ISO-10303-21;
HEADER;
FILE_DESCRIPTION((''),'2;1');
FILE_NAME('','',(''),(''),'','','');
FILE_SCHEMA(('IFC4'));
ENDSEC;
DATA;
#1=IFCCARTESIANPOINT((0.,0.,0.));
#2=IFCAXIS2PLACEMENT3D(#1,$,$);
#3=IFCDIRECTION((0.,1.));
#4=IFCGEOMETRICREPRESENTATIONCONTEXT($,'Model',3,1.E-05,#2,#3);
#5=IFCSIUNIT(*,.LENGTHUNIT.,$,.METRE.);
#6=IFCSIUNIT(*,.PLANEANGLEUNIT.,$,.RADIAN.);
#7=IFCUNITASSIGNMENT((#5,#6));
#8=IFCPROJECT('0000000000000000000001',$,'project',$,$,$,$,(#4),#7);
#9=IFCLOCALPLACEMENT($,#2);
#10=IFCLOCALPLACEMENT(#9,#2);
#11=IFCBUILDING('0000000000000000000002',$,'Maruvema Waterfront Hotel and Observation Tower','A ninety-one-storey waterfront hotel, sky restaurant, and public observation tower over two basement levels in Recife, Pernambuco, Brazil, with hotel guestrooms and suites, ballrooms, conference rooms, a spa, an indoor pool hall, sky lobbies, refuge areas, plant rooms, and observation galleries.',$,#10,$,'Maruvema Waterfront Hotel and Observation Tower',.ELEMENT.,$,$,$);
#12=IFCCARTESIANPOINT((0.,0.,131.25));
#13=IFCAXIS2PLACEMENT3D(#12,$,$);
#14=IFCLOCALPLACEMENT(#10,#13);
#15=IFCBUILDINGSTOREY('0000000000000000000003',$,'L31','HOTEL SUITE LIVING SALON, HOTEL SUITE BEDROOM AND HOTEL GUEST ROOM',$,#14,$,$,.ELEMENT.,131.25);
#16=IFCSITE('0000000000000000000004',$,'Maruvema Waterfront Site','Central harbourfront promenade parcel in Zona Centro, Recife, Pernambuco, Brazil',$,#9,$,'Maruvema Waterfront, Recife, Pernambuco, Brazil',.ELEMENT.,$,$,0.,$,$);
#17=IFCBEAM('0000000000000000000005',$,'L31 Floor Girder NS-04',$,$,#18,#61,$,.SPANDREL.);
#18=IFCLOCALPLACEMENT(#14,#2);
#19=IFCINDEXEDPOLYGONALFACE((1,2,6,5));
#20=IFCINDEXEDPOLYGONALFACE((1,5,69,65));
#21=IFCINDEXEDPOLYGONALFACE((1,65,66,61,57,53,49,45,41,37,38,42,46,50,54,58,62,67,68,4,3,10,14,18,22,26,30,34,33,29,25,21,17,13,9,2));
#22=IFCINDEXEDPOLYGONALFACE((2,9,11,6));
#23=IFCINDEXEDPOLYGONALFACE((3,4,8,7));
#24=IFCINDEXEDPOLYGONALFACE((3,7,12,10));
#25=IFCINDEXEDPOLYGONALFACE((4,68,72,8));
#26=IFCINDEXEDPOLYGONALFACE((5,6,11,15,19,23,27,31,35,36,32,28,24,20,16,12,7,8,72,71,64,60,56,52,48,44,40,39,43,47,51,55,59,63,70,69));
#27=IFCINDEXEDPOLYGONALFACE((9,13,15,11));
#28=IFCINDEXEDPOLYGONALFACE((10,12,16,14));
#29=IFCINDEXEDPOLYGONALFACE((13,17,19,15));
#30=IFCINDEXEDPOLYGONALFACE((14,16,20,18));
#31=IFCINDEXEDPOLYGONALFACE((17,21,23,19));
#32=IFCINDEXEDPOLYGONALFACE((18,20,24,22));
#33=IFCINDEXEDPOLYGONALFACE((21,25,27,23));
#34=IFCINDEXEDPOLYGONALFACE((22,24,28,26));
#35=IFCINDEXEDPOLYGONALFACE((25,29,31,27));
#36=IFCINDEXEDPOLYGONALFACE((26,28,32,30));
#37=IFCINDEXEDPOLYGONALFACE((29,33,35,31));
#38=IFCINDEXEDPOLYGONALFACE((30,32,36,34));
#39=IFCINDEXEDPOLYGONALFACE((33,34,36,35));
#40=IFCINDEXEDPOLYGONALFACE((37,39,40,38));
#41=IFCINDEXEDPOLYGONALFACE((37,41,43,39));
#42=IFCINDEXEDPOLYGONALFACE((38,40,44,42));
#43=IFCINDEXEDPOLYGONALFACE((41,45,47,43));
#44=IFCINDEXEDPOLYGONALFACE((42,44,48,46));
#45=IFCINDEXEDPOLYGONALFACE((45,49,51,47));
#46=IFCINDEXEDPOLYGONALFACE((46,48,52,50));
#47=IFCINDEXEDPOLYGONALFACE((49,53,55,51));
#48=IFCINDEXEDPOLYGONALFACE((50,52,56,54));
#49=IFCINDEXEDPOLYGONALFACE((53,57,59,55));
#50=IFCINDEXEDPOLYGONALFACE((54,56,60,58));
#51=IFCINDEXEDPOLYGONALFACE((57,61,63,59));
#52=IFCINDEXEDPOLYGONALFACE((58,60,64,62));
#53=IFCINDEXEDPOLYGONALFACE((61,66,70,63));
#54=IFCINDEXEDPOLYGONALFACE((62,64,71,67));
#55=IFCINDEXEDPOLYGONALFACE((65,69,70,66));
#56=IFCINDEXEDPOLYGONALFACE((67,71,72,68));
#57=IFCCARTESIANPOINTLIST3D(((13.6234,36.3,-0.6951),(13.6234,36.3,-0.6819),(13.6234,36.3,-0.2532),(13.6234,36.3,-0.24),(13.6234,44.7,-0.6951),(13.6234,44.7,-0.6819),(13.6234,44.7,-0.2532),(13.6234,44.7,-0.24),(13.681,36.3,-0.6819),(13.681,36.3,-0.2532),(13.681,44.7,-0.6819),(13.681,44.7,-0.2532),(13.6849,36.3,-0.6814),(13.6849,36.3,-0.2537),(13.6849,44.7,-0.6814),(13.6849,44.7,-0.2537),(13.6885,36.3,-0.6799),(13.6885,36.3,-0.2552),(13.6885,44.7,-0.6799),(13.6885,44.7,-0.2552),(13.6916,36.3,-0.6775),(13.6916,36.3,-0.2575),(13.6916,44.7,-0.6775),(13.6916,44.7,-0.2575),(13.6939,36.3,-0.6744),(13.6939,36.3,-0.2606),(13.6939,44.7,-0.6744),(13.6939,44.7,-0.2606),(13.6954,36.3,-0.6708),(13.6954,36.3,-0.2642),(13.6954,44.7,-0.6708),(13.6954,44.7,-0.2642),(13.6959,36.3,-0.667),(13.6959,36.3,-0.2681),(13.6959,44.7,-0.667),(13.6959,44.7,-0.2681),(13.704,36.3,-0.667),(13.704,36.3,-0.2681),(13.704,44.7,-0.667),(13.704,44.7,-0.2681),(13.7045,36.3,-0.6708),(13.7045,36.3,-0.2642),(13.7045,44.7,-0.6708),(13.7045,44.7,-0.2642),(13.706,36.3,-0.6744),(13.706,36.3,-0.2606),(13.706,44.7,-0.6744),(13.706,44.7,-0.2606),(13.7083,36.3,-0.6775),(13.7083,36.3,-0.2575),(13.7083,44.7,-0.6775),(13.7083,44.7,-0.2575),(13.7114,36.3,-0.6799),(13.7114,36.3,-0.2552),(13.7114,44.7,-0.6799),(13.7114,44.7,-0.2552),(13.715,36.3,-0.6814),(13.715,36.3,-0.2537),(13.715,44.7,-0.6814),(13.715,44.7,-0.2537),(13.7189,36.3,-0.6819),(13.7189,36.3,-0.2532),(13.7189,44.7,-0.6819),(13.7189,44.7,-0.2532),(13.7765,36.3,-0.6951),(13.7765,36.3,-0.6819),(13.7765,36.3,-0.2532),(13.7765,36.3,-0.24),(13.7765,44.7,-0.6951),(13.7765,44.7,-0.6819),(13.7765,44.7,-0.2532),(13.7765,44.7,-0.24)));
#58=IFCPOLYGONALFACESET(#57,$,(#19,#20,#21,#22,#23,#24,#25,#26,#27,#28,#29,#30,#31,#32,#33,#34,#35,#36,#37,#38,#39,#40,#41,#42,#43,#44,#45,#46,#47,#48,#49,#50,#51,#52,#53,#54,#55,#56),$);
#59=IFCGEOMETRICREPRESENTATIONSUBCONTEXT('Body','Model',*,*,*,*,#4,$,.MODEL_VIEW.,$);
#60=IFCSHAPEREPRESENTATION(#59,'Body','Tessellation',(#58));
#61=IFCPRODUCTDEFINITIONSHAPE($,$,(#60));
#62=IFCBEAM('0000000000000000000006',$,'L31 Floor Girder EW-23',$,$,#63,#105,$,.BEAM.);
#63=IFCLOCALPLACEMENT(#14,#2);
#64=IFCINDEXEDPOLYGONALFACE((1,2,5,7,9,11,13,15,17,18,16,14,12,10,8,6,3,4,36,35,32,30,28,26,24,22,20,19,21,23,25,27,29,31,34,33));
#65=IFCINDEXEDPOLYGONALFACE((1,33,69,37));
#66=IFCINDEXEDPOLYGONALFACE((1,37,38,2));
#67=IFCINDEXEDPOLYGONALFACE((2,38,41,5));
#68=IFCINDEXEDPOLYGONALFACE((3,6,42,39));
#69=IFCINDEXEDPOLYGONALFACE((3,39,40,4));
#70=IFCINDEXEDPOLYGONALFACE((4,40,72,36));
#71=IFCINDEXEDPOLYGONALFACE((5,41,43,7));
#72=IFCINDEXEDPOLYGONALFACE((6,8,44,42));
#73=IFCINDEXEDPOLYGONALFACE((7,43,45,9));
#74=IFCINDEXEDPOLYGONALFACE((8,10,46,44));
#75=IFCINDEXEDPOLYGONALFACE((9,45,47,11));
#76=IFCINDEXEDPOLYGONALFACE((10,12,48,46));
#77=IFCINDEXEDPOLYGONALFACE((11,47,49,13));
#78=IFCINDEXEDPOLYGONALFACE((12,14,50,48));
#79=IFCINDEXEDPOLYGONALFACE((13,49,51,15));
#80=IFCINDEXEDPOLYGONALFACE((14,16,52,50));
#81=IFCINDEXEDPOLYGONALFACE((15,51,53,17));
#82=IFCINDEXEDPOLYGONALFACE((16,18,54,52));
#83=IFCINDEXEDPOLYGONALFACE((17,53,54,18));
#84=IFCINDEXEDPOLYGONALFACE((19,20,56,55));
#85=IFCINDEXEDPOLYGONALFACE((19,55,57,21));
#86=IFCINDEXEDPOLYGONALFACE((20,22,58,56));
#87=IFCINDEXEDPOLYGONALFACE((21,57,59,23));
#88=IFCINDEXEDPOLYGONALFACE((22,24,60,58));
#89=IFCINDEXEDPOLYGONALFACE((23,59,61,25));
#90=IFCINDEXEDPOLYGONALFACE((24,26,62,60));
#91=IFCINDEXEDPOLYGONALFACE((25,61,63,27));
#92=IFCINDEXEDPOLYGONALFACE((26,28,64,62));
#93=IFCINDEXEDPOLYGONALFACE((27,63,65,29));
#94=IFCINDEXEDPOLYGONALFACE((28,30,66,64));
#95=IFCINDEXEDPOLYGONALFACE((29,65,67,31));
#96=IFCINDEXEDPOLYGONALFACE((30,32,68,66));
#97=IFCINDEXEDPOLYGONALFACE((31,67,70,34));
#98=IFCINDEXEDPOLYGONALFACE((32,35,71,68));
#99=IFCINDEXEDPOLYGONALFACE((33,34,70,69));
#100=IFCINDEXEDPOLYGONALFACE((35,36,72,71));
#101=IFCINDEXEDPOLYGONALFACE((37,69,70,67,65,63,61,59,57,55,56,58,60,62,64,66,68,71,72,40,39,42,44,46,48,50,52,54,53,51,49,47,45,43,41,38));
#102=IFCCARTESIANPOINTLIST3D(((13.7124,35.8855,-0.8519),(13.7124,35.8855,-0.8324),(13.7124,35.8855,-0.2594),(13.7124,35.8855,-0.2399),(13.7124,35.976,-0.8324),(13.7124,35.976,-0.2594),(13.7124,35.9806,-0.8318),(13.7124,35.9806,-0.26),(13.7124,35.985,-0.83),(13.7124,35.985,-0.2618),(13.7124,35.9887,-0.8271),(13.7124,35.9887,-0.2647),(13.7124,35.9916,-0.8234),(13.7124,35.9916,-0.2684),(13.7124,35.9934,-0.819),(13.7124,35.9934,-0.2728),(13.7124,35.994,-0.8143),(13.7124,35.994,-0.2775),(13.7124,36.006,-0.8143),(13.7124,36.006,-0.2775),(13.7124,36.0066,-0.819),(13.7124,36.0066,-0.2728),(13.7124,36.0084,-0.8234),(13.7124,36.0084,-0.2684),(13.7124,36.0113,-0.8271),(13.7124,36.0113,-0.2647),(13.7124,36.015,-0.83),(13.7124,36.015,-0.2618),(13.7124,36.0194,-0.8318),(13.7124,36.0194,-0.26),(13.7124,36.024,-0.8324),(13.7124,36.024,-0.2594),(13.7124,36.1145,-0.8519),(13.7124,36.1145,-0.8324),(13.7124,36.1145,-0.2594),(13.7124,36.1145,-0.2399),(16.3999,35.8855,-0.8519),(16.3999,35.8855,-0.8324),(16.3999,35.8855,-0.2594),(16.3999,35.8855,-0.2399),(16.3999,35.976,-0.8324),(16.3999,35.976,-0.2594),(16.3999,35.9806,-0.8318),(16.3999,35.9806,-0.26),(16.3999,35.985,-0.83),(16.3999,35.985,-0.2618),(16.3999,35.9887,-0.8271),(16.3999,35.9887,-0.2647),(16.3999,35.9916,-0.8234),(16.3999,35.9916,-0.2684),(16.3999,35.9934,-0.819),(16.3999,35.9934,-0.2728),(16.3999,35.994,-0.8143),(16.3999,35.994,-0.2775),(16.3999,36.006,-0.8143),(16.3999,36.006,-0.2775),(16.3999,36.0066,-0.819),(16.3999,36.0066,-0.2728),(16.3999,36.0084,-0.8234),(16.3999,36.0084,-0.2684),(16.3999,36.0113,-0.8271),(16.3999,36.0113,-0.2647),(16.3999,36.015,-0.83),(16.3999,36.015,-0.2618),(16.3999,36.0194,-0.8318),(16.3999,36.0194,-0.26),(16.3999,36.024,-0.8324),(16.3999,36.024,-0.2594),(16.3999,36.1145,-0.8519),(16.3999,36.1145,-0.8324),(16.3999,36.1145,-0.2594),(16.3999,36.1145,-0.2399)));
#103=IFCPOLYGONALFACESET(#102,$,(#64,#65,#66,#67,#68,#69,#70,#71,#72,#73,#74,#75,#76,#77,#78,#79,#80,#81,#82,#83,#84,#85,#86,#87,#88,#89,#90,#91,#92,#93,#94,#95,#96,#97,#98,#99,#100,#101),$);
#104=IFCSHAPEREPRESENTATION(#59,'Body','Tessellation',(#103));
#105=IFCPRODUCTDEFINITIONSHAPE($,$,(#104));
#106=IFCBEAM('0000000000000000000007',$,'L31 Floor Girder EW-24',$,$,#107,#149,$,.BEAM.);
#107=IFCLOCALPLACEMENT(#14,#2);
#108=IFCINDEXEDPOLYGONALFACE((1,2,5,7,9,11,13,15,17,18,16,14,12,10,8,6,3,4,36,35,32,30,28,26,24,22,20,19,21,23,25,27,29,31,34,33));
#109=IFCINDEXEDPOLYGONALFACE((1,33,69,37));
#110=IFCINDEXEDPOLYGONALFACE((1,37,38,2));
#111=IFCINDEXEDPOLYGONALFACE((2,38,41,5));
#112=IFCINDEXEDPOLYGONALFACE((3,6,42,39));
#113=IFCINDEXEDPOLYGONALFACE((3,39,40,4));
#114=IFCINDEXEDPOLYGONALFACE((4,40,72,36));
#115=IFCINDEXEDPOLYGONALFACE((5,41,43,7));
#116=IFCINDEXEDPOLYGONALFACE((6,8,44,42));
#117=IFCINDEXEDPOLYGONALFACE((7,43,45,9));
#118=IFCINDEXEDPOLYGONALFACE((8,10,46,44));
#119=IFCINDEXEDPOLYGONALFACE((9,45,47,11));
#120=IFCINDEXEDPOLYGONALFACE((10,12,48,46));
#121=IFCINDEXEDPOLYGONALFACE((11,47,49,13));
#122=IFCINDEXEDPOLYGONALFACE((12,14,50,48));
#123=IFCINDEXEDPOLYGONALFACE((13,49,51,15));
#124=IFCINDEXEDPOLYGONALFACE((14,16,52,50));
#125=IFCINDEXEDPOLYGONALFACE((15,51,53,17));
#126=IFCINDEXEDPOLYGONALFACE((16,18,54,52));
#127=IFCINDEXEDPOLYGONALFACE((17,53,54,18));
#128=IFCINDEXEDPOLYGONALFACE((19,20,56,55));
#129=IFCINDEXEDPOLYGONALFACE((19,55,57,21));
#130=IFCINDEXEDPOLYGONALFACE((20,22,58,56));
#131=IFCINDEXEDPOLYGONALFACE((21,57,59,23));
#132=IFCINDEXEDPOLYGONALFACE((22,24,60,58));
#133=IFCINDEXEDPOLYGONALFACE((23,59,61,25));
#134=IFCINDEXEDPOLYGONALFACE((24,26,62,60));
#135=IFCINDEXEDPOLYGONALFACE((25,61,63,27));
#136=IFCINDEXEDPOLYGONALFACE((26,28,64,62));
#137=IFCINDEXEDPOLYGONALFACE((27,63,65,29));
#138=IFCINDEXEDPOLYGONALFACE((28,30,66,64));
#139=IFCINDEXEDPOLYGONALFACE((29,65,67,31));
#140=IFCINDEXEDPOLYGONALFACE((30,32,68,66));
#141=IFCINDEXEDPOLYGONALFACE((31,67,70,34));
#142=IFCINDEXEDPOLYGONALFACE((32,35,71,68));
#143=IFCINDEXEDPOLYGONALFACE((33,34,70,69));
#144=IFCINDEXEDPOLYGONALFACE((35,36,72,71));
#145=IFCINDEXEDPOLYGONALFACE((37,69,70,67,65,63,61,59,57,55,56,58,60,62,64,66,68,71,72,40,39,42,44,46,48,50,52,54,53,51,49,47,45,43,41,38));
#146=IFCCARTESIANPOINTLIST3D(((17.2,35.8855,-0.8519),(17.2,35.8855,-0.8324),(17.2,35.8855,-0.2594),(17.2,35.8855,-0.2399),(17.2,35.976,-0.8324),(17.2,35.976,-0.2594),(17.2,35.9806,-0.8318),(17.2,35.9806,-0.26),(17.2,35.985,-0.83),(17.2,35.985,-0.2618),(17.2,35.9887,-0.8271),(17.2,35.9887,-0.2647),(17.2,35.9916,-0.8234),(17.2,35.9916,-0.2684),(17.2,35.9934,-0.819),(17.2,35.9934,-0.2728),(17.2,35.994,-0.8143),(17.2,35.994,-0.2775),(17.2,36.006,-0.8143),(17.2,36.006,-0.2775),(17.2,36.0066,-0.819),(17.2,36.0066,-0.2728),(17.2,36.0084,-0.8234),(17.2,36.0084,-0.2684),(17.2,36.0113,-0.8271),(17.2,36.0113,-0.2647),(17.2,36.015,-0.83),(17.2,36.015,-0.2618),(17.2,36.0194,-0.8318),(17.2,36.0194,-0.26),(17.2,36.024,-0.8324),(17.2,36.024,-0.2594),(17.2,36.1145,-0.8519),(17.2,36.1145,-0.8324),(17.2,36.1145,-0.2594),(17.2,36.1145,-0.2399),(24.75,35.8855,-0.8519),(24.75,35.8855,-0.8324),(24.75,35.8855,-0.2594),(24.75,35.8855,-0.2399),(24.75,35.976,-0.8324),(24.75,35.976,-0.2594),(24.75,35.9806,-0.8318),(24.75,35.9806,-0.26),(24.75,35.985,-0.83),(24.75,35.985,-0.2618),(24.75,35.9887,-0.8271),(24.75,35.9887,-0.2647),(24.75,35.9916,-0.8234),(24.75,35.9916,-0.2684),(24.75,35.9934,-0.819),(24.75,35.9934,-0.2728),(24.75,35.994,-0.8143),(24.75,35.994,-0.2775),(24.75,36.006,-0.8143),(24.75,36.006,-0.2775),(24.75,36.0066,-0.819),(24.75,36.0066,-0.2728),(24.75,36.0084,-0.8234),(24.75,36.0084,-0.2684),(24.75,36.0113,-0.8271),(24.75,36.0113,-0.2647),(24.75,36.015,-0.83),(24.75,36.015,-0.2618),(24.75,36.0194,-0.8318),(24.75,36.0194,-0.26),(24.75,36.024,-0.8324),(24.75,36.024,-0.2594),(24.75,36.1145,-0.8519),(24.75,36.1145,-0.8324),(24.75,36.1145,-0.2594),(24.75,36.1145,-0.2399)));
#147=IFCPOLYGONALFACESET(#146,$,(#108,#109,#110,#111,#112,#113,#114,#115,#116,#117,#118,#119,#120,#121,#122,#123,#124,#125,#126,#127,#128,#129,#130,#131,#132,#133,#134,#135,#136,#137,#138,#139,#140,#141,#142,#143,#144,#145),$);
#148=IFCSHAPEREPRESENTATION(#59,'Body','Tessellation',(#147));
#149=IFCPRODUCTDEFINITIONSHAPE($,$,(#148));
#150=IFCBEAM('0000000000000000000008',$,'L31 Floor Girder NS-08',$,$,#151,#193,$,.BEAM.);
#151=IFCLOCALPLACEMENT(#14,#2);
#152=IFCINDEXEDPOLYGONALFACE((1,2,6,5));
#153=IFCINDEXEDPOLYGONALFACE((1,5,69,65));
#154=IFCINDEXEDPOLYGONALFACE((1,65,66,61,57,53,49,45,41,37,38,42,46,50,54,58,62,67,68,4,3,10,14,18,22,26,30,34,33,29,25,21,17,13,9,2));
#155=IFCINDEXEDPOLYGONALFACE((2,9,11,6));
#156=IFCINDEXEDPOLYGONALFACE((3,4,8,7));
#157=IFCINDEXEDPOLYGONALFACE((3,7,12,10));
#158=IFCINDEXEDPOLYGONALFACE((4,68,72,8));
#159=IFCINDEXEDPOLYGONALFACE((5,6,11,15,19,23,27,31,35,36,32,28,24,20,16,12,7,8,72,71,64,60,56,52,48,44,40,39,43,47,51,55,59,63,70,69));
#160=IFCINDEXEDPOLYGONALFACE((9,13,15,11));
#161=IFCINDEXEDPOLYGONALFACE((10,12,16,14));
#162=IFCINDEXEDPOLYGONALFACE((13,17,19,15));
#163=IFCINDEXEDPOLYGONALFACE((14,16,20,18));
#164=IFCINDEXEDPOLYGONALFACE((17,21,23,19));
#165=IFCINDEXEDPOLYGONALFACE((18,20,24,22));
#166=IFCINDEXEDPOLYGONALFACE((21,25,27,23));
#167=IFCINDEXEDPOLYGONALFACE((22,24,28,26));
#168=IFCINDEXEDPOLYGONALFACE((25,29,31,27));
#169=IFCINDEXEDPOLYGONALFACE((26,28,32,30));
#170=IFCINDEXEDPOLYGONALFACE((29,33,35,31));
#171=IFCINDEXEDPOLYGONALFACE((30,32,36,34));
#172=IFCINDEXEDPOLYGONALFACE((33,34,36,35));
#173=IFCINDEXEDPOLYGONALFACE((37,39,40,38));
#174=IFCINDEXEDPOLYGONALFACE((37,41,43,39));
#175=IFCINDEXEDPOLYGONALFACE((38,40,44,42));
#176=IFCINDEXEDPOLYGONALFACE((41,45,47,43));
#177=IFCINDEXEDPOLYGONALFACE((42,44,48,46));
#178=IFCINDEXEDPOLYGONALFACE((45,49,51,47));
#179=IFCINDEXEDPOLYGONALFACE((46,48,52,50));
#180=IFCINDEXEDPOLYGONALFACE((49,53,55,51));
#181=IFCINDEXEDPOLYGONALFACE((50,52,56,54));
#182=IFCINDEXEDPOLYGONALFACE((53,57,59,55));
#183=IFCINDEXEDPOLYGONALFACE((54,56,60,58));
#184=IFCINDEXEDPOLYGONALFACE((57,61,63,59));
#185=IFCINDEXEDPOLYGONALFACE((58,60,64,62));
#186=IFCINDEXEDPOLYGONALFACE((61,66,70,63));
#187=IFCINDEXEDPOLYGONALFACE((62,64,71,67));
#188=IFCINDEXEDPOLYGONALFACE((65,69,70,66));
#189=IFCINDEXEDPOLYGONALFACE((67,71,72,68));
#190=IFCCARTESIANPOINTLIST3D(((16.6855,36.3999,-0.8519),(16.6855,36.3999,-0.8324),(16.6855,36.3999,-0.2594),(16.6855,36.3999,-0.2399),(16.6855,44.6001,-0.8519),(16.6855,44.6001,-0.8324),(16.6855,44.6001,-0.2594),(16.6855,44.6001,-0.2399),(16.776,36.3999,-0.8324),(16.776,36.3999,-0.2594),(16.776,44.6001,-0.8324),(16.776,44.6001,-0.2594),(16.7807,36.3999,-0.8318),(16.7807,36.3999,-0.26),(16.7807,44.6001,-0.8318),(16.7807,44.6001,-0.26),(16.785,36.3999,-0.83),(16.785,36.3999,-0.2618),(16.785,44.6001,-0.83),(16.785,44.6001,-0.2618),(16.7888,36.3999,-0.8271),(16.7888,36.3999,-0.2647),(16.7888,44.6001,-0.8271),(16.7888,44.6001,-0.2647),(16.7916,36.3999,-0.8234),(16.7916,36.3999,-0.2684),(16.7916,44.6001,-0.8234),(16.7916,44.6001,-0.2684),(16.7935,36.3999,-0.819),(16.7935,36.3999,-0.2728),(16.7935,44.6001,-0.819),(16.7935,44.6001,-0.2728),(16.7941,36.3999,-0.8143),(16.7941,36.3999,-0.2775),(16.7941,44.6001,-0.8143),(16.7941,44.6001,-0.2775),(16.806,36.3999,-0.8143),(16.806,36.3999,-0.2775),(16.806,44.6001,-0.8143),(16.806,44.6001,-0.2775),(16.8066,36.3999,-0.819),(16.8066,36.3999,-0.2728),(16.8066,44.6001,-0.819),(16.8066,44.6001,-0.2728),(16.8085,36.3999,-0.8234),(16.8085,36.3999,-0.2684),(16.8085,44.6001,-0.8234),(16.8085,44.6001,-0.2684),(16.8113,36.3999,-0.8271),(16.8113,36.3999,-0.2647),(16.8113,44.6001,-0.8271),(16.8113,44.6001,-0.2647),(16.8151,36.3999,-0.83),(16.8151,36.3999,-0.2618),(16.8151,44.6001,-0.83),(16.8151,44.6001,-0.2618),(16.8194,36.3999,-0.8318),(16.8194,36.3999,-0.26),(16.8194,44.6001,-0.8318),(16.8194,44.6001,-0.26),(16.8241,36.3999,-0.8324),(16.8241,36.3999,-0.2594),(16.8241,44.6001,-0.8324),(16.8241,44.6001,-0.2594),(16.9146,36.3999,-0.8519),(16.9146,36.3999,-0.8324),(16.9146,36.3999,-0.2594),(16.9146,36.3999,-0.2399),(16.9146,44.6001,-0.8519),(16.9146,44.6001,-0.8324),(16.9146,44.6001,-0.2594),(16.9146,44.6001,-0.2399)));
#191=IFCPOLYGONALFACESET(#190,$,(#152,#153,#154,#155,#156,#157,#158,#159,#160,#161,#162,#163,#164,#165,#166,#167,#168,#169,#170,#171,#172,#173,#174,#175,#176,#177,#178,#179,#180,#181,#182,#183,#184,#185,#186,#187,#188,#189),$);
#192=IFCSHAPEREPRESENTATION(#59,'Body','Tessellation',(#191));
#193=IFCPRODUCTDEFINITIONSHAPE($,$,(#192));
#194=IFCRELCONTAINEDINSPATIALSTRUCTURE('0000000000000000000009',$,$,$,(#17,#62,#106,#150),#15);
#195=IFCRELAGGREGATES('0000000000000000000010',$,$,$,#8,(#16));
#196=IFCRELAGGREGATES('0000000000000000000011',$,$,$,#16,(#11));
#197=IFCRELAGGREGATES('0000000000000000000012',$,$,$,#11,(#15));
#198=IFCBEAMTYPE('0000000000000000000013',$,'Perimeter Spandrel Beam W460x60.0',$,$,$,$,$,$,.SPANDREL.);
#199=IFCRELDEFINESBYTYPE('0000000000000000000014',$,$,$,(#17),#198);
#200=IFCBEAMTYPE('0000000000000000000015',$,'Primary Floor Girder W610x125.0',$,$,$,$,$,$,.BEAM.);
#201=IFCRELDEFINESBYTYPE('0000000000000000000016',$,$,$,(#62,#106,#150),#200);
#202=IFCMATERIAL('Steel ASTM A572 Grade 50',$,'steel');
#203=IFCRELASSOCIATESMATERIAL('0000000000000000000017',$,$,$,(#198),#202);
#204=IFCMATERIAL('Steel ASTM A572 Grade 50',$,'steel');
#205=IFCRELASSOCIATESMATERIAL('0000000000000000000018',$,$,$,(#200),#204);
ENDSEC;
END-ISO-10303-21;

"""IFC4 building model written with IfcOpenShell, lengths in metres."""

from ifc_helpers import new_model, si_unit, direction, frame, origin, origin_2d, place, context, subcontext, project, spatial, i_section, extrude, material, material_profile, profile_set, type_object, element, save


model = new_model("IFC4")

# Units and contexts
model_context = context("Model", 3, precision=1e-05, world=origin(), true_north=direction((0.0, 1.0)))
body_context = subcontext(model_context, "Body", "Model", "MODEL_VIEW")
ifc_project = project(units=[si_unit("LENGTHUNIT", "METRE"), si_unit("PLANEANGLEUNIT", "RADIAN")], contexts=[model_context])

# Site, building, storey
site_placement = place(None, origin())
site = spatial("IfcSite", under=ifc_project, at=site_placement, Name="Maruvema Waterfront Site", Description="Central harbourfront promenade parcel in Zona Centro, Recife, Pernambuco, Brazil", LongName="Maruvema Waterfront, Recife, Pernambuco, Brazil", CompositionType="ELEMENT", RefElevation=0.0)
building_placement = place(site_placement, origin())
building = spatial("IfcBuilding", under=site, at=building_placement, Name="Maruvema Waterfront Hotel and Observation Tower", Description="A ninety-one-storey waterfront hotel, sky restaurant, and public observation tower over two basement levels in Recife, Pernambuco, Brazil, with hotel guestrooms and suites, ballrooms, conference rooms, a spa, an indoor pool hall, sky lobbies, refuge areas, plant rooms, and observation galleries.", LongName="Maruvema Waterfront Hotel and Observation Tower", CompositionType="ELEMENT")
storey_placement = place(building_placement, frame((0.0, 0.0, 131.25)))
storey = spatial("IfcBuildingStorey", under=building, at=storey_placement, Name="L31", Description="HOTEL SUITE LIVING SALON, HOTEL SUITE BEDROOM AND HOTEL GUEST ROOM", CompositionType="ELEMENT", Elevation=131.25)

# Beams
ifc_material_1 = material(Name="Steel ASTM A572 Grade 50", Category="steel")
ifc_material_profile_1 = material_profile(ifc_material_1, i_section(OverallWidth=0.1531, OverallDepth=0.4551, WebThickness=0.0081, FlangeThickness=0.0132, FilletRadius=0.0149, at=origin_2d()), Name="W460x60.0")
ifc_profile_set_1 = profile_set([ifc_material_profile_1], Name="Steel ASTM A572 Grade 50")
beam_type_1 = type_object("IfcBeamType", Name="Perimeter Spandrel Beam W460x60.0", PredefinedType="SPANDREL", material=ifc_profile_set_1)
beam_1_placement = place(storey_placement, frame((13.7, 36.3, -0.4675), z_axis=(0.0, 1.0, 0.0), x_axis=(-1.0, 0.0, 0.0)))
element("IfcBeam", 1, at=beam_1_placement, inside=storey, type_object=beam_type_1, Name="L31 Floor Girder NS-04", PredefinedType="SPANDREL", context=body_context, shape_type="SweptSolid", body=[
    extrude(i_section(OverallWidth=0.1531, OverallDepth=0.4551, WebThickness=0.0081, FlangeThickness=0.0132, FilletRadius=0.0149, at=origin_2d()), origin(), (0.0, 0.0, 1.0), 8.3999),
])
ifc_material_2 = material(Name="Steel ASTM A572 Grade 50", Category="steel")
ifc_material_profile_2 = material_profile(ifc_material_2, i_section(OverallWidth=0.229, OverallDepth=0.6121, WebThickness=0.012, FlangeThickness=0.0195, FilletRadius=0.0181, at=origin_2d()), Name="W610x125.0")
ifc_profile_set_2 = profile_set([ifc_material_profile_2], Name="Steel ASTM A572 Grade 50")
beam_type_2 = type_object("IfcBeamType", Name="Primary Floor Girder W610x125.0", PredefinedType="BEAM", material=ifc_profile_set_2)
beam_2_placement = place(storey_placement, frame((13.7124, 36.0, -0.5459), z_axis=(1.0, 0.0, 0.0), x_axis=(0.0, 1.0, 0.0)))
element("IfcBeam", 2, at=beam_2_placement, inside=storey, type_object=beam_type_2, Name="L31 Floor Girder EW-23", PredefinedType="BEAM", context=body_context, shape_type="SweptSolid", body=[
    extrude(i_section(OverallWidth=0.229, OverallDepth=0.6121, WebThickness=0.012, FlangeThickness=0.0195, FilletRadius=0.0181, at=origin_2d()), origin(), (0.0, 0.0, 1.0), 2.6875),
])
beam_3_placement = place(storey_placement, frame((17.2, 36.0, -0.5459), z_axis=(1.0, 0.0, 0.0), x_axis=(0.0, 1.0, 0.0)))
element("IfcBeam", 3, at=beam_3_placement, inside=storey, type_object=beam_type_2, Name="L31 Floor Girder EW-24", PredefinedType="BEAM", context=body_context, shape_type="SweptSolid", body=[
    extrude(i_section(OverallWidth=0.229, OverallDepth=0.6121, WebThickness=0.012, FlangeThickness=0.0195, FilletRadius=0.0181, at=origin_2d()), origin(), (0.0, 0.0, 1.0), 7.55),
])
beam_4_placement = place(storey_placement, frame((16.8, 36.3999, -0.5459), z_axis=(0.0, 1.0, 0.0), x_axis=(-1.0, 0.0, 0.0)))
element("IfcBeam", 4, at=beam_4_placement, inside=storey, type_object=beam_type_2, Name="L31 Floor Girder NS-08", PredefinedType="BEAM", context=body_context, shape_type="SweptSolid", body=[
    extrude(i_section(OverallWidth=0.229, OverallDepth=0.6121, WebThickness=0.012, FlangeThickness=0.0195, FilletRadius=0.0181, at=origin_2d()), origin(), (0.0, 0.0, 1.0), 8.2002),
])

save(model, "model.ifc")
